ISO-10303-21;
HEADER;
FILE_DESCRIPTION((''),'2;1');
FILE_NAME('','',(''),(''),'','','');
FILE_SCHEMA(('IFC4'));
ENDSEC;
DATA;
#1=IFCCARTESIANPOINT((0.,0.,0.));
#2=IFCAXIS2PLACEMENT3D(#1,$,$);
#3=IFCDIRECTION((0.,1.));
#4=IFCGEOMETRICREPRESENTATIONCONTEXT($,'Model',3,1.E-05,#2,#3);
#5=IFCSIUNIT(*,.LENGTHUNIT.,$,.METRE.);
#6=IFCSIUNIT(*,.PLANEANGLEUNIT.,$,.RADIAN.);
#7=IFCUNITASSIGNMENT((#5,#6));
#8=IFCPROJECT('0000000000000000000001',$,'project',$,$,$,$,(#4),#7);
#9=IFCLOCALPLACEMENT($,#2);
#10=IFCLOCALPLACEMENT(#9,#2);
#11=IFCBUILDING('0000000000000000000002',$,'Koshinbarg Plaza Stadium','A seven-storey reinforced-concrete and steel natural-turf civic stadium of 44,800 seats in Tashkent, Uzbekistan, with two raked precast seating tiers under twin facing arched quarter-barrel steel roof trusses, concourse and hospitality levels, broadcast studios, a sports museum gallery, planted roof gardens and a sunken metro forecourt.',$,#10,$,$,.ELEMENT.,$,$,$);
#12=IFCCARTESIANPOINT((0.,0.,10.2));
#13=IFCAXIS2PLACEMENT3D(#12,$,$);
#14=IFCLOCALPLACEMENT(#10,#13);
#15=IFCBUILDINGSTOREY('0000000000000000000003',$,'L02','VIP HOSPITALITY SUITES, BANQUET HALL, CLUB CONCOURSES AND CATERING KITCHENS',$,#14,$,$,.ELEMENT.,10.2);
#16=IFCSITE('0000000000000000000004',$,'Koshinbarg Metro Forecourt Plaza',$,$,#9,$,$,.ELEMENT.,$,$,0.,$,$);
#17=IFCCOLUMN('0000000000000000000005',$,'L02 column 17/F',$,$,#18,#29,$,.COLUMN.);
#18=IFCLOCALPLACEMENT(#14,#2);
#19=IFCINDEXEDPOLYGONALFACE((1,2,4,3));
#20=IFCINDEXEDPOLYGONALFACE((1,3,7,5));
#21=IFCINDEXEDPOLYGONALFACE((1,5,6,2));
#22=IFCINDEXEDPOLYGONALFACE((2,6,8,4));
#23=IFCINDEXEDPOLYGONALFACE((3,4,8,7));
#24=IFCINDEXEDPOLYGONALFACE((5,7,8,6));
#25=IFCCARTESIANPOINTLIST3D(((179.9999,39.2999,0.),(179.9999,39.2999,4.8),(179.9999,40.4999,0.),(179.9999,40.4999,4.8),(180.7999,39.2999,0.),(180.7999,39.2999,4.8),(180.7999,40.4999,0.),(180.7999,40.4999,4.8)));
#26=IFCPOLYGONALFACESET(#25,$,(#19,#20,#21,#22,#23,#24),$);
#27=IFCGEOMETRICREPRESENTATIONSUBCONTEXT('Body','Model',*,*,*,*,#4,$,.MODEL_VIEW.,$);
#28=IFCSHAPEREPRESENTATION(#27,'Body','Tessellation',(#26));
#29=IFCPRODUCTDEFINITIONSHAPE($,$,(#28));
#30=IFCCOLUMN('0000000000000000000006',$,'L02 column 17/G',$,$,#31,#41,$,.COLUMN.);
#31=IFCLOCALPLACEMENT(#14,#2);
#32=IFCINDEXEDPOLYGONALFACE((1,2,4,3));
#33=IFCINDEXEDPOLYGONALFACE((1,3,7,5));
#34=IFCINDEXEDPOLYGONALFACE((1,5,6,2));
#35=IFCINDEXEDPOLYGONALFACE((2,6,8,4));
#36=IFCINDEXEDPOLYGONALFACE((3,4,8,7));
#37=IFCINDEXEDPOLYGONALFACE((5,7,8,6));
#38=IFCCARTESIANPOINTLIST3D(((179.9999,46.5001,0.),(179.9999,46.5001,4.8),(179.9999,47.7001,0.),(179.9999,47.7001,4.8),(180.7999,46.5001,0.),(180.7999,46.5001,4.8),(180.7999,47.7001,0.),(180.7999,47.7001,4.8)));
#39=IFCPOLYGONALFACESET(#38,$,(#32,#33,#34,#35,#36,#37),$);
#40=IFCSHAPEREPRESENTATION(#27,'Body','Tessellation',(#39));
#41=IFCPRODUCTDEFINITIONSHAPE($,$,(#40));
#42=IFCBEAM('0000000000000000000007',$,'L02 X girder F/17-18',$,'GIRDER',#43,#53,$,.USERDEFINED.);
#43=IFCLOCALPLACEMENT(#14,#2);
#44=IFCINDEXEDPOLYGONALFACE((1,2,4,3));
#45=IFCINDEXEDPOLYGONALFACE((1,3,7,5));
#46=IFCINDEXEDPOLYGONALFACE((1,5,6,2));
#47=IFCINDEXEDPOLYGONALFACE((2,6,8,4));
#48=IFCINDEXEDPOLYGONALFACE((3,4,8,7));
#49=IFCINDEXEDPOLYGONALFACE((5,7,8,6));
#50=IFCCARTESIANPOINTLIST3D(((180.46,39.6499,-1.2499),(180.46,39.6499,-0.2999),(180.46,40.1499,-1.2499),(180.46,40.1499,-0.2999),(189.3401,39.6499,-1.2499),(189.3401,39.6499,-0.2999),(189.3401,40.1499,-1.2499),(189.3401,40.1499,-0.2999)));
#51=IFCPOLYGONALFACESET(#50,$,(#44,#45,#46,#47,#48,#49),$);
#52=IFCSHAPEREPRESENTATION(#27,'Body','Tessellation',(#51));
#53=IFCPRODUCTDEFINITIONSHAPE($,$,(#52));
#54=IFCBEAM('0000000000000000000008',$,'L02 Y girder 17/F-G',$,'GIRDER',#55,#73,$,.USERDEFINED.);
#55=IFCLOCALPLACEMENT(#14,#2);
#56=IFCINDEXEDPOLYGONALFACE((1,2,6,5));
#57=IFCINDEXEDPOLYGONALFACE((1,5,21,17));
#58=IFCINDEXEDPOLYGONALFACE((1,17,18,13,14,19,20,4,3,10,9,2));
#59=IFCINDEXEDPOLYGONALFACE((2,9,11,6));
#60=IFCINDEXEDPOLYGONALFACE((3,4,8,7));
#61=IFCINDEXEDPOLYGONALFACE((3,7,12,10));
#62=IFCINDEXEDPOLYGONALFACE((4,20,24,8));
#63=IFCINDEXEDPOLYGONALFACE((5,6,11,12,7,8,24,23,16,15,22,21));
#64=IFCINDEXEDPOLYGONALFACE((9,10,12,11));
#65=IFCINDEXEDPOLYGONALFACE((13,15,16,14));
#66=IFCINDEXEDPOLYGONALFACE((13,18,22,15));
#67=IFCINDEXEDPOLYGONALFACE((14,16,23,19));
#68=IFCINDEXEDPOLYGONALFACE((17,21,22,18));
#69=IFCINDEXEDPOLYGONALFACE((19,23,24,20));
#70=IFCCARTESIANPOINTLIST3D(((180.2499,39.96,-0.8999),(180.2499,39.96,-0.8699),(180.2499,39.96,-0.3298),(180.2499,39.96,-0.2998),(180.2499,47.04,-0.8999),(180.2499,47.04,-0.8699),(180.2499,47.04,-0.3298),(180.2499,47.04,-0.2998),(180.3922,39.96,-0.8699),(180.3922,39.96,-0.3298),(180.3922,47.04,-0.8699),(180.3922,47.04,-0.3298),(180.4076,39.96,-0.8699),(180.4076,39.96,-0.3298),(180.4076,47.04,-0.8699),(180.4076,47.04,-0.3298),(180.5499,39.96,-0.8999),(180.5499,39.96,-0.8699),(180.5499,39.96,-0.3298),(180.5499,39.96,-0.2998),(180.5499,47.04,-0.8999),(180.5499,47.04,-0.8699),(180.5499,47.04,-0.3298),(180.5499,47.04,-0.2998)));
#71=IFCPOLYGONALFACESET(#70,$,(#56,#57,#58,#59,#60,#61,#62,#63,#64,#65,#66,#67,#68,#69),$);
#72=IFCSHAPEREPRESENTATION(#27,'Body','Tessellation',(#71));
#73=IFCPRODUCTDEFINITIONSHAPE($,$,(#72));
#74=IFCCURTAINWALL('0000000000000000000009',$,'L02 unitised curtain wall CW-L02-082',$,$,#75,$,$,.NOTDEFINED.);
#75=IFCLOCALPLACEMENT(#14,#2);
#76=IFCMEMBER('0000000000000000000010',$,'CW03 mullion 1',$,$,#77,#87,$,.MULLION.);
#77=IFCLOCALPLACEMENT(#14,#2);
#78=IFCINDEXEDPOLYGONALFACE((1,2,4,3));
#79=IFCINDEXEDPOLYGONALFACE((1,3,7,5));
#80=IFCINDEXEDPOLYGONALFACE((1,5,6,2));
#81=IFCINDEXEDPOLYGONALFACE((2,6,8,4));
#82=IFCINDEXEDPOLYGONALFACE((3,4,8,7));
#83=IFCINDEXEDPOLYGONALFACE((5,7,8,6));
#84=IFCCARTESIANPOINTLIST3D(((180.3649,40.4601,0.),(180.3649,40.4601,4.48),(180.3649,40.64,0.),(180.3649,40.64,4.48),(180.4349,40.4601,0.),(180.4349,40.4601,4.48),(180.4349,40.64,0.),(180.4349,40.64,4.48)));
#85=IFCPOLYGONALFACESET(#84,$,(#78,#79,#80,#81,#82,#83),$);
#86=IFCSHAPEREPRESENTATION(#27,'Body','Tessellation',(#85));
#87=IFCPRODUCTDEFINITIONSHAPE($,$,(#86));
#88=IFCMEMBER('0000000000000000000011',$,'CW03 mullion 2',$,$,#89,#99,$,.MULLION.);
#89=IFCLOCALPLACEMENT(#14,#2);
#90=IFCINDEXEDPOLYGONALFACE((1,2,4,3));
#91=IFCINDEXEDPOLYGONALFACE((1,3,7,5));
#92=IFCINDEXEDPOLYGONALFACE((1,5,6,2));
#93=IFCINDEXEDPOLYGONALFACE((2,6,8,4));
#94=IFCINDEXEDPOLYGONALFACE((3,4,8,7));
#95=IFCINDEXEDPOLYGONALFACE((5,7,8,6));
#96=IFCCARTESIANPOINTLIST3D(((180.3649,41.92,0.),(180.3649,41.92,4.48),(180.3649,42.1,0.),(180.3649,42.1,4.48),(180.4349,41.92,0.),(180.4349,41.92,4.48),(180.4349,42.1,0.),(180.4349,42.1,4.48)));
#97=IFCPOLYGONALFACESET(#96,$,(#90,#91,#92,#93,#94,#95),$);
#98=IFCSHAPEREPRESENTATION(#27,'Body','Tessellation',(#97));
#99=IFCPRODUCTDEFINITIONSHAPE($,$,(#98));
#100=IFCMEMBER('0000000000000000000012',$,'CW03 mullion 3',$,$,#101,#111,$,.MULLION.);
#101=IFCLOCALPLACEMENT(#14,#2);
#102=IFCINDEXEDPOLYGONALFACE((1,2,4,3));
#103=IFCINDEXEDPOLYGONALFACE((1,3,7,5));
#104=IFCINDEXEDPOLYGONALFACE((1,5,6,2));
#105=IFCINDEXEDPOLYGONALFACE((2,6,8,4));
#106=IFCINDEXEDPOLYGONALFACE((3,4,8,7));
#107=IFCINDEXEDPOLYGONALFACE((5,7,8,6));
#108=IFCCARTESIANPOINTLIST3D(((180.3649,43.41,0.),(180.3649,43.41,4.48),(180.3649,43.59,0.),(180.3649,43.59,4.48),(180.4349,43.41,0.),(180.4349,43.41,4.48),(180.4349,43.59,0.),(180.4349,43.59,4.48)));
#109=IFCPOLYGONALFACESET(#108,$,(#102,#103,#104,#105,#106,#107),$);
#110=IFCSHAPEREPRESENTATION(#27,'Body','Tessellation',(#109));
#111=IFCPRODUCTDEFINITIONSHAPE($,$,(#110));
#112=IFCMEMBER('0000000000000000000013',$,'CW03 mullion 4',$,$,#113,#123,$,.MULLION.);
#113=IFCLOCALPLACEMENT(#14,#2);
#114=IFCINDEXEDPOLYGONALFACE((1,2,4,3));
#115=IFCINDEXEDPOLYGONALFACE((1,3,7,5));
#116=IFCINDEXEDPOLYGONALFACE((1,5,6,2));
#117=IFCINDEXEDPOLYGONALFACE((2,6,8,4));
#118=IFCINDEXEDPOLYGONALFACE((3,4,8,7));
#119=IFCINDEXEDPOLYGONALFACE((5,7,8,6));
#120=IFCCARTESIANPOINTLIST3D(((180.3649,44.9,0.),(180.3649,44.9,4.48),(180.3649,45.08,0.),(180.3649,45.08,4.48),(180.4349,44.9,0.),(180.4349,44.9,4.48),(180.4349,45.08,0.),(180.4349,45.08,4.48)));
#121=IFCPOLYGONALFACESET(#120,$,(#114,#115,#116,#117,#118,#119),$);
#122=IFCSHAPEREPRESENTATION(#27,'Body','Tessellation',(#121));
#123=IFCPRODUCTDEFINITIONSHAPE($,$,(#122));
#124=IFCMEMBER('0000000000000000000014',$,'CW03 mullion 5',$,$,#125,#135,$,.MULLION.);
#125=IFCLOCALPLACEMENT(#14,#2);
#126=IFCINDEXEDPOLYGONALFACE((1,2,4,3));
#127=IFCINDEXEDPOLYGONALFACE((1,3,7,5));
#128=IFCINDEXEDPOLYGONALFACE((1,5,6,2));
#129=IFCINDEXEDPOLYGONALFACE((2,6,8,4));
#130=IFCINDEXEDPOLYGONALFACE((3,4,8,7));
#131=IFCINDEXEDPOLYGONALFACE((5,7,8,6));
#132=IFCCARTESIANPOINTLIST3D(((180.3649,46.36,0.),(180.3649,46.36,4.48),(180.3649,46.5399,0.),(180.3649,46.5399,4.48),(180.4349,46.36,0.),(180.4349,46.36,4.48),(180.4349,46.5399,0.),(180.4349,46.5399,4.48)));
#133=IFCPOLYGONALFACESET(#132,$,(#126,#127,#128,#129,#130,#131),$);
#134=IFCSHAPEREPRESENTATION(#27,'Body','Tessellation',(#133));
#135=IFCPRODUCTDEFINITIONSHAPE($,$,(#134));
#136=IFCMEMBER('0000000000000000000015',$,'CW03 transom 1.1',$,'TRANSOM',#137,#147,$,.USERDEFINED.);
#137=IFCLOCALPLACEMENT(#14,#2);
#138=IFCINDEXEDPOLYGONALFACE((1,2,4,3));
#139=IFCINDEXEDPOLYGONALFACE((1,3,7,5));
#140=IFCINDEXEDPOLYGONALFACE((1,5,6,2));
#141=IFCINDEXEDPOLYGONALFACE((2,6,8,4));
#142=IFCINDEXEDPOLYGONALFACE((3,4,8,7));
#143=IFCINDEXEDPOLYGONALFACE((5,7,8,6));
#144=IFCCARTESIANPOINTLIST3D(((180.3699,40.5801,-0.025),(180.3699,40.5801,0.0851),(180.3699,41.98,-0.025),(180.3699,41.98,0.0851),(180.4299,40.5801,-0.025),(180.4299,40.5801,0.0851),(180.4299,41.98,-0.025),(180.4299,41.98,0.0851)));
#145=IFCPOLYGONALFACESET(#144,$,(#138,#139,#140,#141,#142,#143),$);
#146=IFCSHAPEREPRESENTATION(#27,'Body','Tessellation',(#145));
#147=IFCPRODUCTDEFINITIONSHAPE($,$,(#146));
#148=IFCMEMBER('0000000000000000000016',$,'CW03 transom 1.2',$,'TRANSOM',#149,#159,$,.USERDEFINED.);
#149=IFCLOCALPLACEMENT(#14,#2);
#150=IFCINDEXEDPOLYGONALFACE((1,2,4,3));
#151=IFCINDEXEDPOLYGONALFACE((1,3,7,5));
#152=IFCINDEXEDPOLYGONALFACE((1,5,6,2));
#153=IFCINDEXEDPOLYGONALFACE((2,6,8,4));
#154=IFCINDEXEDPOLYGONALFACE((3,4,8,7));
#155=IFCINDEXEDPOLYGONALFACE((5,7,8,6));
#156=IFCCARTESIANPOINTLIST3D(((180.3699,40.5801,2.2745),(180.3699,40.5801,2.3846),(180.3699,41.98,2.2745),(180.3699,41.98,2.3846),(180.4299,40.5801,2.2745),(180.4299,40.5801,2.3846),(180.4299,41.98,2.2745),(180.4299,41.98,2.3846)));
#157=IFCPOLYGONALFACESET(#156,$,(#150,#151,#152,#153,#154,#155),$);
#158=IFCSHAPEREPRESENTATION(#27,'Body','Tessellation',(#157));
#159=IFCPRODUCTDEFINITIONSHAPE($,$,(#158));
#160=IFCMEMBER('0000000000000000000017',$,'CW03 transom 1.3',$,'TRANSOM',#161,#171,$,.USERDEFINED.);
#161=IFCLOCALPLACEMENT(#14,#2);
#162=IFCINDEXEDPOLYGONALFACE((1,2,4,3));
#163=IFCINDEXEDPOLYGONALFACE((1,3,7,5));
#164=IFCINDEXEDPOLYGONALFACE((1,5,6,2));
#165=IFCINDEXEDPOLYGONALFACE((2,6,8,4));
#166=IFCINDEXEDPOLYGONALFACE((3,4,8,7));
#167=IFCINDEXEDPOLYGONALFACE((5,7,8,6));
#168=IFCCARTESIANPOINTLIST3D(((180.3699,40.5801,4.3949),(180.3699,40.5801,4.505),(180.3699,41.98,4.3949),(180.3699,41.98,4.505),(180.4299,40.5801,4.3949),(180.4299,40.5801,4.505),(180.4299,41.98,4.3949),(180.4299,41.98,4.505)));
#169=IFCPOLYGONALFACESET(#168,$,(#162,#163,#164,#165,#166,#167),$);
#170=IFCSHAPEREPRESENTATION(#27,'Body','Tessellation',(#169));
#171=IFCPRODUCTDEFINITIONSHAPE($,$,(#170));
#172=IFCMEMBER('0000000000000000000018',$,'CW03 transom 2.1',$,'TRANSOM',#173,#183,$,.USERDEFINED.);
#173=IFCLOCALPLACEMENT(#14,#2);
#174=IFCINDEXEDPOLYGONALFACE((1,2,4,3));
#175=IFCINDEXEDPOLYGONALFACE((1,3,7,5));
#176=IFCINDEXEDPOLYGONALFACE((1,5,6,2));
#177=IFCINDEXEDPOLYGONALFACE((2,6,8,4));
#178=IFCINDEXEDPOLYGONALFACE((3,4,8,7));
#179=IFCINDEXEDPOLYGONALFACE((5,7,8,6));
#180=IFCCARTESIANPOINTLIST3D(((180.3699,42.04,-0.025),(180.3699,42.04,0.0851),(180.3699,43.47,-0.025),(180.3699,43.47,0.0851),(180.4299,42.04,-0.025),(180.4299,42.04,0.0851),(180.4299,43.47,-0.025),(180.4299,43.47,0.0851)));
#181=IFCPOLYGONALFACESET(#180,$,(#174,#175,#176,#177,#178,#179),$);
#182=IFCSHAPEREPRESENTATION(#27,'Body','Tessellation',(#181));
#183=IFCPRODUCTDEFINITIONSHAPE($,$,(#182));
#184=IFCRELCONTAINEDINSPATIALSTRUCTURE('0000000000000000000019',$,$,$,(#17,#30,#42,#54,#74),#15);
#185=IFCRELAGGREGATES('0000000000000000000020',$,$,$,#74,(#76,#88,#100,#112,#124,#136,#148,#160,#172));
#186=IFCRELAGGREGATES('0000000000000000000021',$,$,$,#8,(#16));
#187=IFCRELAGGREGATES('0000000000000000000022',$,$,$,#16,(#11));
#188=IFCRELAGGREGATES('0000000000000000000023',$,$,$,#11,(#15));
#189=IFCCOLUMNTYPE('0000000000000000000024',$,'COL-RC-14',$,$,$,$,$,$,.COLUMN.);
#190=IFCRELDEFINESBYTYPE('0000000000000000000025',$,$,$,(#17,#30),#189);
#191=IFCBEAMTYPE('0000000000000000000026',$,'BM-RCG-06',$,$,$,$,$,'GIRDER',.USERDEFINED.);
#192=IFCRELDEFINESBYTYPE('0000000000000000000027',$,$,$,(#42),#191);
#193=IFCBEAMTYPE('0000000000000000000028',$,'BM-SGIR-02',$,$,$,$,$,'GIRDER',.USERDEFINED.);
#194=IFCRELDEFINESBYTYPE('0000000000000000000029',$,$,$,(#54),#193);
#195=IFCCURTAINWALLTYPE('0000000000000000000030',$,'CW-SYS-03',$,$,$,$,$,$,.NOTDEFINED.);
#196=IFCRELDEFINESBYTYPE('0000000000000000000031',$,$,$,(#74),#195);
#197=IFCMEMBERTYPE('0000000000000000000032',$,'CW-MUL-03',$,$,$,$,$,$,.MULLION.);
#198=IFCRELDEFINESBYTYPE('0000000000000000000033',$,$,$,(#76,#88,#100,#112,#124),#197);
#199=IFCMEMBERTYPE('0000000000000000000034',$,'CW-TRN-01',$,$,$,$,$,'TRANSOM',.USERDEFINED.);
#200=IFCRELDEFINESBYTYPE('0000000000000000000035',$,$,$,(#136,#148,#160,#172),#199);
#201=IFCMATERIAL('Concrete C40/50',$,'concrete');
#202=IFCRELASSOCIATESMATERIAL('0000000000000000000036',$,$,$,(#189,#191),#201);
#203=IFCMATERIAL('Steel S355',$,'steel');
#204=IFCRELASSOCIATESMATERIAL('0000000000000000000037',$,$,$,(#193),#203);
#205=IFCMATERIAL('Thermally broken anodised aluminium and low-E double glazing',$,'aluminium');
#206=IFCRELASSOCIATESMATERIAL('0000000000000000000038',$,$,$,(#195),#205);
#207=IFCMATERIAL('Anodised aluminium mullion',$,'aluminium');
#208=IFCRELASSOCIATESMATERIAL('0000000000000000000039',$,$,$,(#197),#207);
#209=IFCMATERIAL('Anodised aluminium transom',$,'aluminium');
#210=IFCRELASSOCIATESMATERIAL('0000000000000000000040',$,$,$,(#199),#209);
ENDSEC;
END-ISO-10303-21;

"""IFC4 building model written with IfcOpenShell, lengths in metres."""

from ifc_helpers import new_model, si_unit, direction, frame, origin, origin_2d, place, context, subcontext, project, spatial, rectangle, i_section, extrude, material, material_profile, profile_set, type_object, element, aggregate, save


model = new_model("IFC4")

# Units and contexts
model_context = context("Model", 3, precision=1e-05, world=origin(), true_north=direction((0.0, 1.0)))
body_context = subcontext(model_context, "Body", "Model", "MODEL_VIEW")
ifc_project = project(units=[si_unit("LENGTHUNIT", "METRE"), si_unit("PLANEANGLEUNIT", "RADIAN")], contexts=[model_context])

# Site, building, storey
site_placement = place(None, origin())
site = spatial("IfcSite", under=ifc_project, at=site_placement, Name="Koshinbarg Metro Forecourt Plaza", CompositionType="ELEMENT", RefElevation=0.0)
building_placement = place(site_placement, origin())
building = spatial("IfcBuilding", under=site, at=building_placement, Name="Koshinbarg Plaza Stadium", Description="A seven-storey reinforced-concrete and steel natural-turf civic stadium of 44,800 seats in Tashkent, Uzbekistan, with two raked precast seating tiers under twin facing arched quarter-barrel steel roof trusses, concourse and hospitality levels, broadcast studios, a sports museum gallery, planted roof gardens and a sunken metro forecourt.", CompositionType="ELEMENT")
storey_placement = place(building_placement, frame((0.0, 0.0, 10.2)))
storey = spatial("IfcBuildingStorey", under=building, at=storey_placement, Name="L02", Description="VIP HOSPITALITY SUITES, BANQUET HALL, CLUB CONCOURSES AND CATERING KITCHENS", CompositionType="ELEMENT", Elevation=10.2)

# Columns
ifc_material_1 = material(Name="Concrete C40/50", Category="concrete")
ifc_material_profile_1 = material_profile(ifc_material_1, rectangle(XDim=0.8, YDim=1.2, at=origin_2d()), Name="RC 800x1200")
ifc_profile_set_1 = profile_set([ifc_material_profile_1], Name="Concrete C40/50")
column_type = type_object("IfcColumnType", Name="COL-RC-14", PredefinedType="COLUMN", material=ifc_profile_set_1)
for number, where, z_axis, x_axis, name in (
    (1, (180.3999, 39.8999, 0.0), (0.0, 0.0, 1.0), (1.0, 0.0, 0.0), "L02 column 17/F"),
    (2, (180.3999, 47.1001, 0.0), (0.0, 0.0, 1.0), (1.0, 0.0, 0.0), "L02 column 17/G"),
):
    element("IfcColumn", number, at=place(storey_placement, frame(where, z_axis=z_axis, x_axis=x_axis)), inside=storey, type_object=column_type, Name=name, PredefinedType="COLUMN", context=body_context, shape_type="SweptSolid", body=[
        extrude(rectangle(XDim=0.8, YDim=1.2, at=origin_2d()), origin(), (0.0, 0.0, 1.0), 4.8),
    ])

# Beams
ifc_material_profile_2 = material_profile(ifc_material_1, rectangle(XDim=0.5, YDim=0.95, at=origin_2d()), Name="RC 500x950")
ifc_profile_set_2 = profile_set([ifc_material_profile_2], Name="Concrete C40/50")
beam_type_1 = type_object("IfcBeamType", Name="BM-RCG-06", ElementType="GIRDER", PredefinedType="USERDEFINED", material=ifc_profile_set_2)
beam_1_placement = place(storey_placement, frame((180.46, 39.8999, -0.7749), z_axis=(1.0, 0.0, 0.0), x_axis=(0.0, 1.0, 0.0)))
element("IfcBeam", 3, at=beam_1_placement, inside=storey, type_object=beam_type_1, Name="L02 X girder F/17-18", ObjectType="GIRDER", PredefinedType="USERDEFINED", context=body_context, shape_type="SweptSolid", body=[
    extrude(rectangle(XDim=0.5, YDim=0.95, at=origin_2d()), origin(), (0.0, 0.0, 1.0), 8.8801),
])
ifc_material_2 = material(Name="Steel S355", Category="steel")
ifc_material_profile_3 = material_profile(ifc_material_2, i_section(OverallWidth=0.3, OverallDepth=0.6001, WebThickness=0.0154, FlangeThickness=0.03, at=origin_2d()), Name="HEB 600")
ifc_profile_set_3 = profile_set([ifc_material_profile_3], Name="Steel S355")
beam_type_2 = type_object("IfcBeamType", Name="BM-SGIR-02", ElementType="GIRDER", PredefinedType="USERDEFINED", material=ifc_profile_set_3)
beam_2_placement = place(storey_placement, frame((180.3999, 39.96, -0.5999), z_axis=(0.0, 1.0, 0.0), x_axis=(-1.0, 0.0, 0.0)))
element("IfcBeam", 4, at=beam_2_placement, inside=storey, type_object=beam_type_2, Name="L02 Y girder 17/F-G", ObjectType="GIRDER", PredefinedType="USERDEFINED", context=body_context, shape_type="SweptSolid", body=[
    extrude(i_section(OverallWidth=0.3, OverallDepth=0.6001, WebThickness=0.0154, FlangeThickness=0.03, at=origin_2d()), origin(), (0.0, 0.0, 1.0), 7.0801),
])

# Curtain wall, members
ifc_material_3 = material(Name="Thermally broken anodised aluminium and low-E double glazing", Category="aluminium")
curtain_wall_type = type_object("IfcCurtainWallType", Name="CW-SYS-03", PredefinedType="NOTDEFINED", material=ifc_material_3)
curtain_wall_placement = place(storey_placement, origin())
curtain_wall = element("IfcCurtainWall", 5, at=curtain_wall_placement, inside=storey, type_object=curtain_wall_type, Name="L02 unitised curtain wall CW-L02-082", PredefinedType="NOTDEFINED")
ifc_material_4 = material(Name="Anodised aluminium mullion", Category="aluminium")
ifc_material_profile_4 = material_profile(ifc_material_4, rectangle(XDim=0.0701, YDim=0.1799, at=origin_2d()), Name="ALU 70x180")
ifc_profile_set_4 = profile_set([ifc_material_profile_4], Name="Anodised aluminium mullion")
member_type_1 = type_object("IfcMemberType", Name="CW-MUL-03", PredefinedType="MULLION", material=ifc_profile_set_4)
member_1_placement = place(storey_placement, frame((180.3999, 40.55, 0.0), z_axis=(0.0, 0.0, 1.0), x_axis=(-1.0, 0.0, 0.0)))
member_1 = element("IfcMember", 6, at=member_1_placement, type_object=member_type_1, Name="CW03 mullion 1", PredefinedType="MULLION", context=body_context, shape_type="SweptSolid", body=[
    extrude(rectangle(XDim=0.0701, YDim=0.1799, at=origin_2d()), origin(), (0.0, 0.0, 1.0), 4.48),
])
member_2_placement = place(storey_placement, frame((180.3999, 42.01, 0.0), z_axis=(0.0, 0.0, 1.0), x_axis=(-1.0, 0.0, 0.0)))
member_2 = element("IfcMember", 7, at=member_2_placement, type_object=member_type_1, Name="CW03 mullion 2", PredefinedType="MULLION", context=body_context, shape_type="SweptSolid", body=[
    extrude(rectangle(XDim=0.0701, YDim=0.1799, at=origin_2d()), origin(), (0.0, 0.0, 1.0), 4.48),
])
member_3_placement = place(storey_placement, frame((180.3999, 43.5, 0.0), z_axis=(0.0, 0.0, 1.0), x_axis=(-1.0, 0.0, 0.0)))
member_3 = element("IfcMember", 8, at=member_3_placement, type_object=member_type_1, Name="CW03 mullion 3", PredefinedType="MULLION", context=body_context, shape_type="SweptSolid", body=[
    extrude(rectangle(XDim=0.0701, YDim=0.1799, at=origin_2d()), origin(), (0.0, 0.0, 1.0), 4.48),
])
member_4_placement = place(storey_placement, frame((180.3999, 44.99, 0.0), z_axis=(0.0, 0.0, 1.0), x_axis=(-1.0, 0.0, 0.0)))
member_4 = element("IfcMember", 9, at=member_4_placement, type_object=member_type_1, Name="CW03 mullion 4", PredefinedType="MULLION", context=body_context, shape_type="SweptSolid", body=[
    extrude(rectangle(XDim=0.0701, YDim=0.1799, at=origin_2d()), origin(), (0.0, 0.0, 1.0), 4.48),
])
member_5_placement = place(storey_placement, frame((180.3999, 46.45, 0.0), z_axis=(0.0, 0.0, 1.0), x_axis=(-1.0, 0.0, 0.0)))
member_5 = element("IfcMember", 10, at=member_5_placement, type_object=member_type_1, Name="CW03 mullion 5", PredefinedType="MULLION", context=body_context, shape_type="SweptSolid", body=[
    extrude(rectangle(XDim=0.0701, YDim=0.1799, at=origin_2d()), origin(), (0.0, 0.0, 1.0), 4.48),
])
ifc_material_5 = material(Name="Anodised aluminium transom", Category="aluminium")
ifc_material_profile_5 = material_profile(ifc_material_5, rectangle(XDim=0.0601, YDim=0.1101, at=origin_2d()), Name="ALU 60x110")
ifc_profile_set_5 = profile_set([ifc_material_profile_5], Name="Anodised aluminium transom")
member_type_2 = type_object("IfcMemberType", Name="CW-TRN-01", ElementType="TRANSOM", PredefinedType="USERDEFINED", material=ifc_profile_set_5)
member_6_placement = place(storey_placement, frame((180.3999, 40.5801, 0.03), z_axis=(0.0, 1.0, 0.0), x_axis=(-1.0, 0.0, 0.0)))
member_6 = element("IfcMember", 11, at=member_6_placement, type_object=member_type_2, Name="CW03 transom 1.1", ObjectType="TRANSOM", PredefinedType="USERDEFINED", context=body_context, shape_type="SweptSolid", body=[
    extrude(rectangle(XDim=0.0601, YDim=0.1101, at=origin_2d()), origin(), (0.0, 0.0, 1.0), 1.3999),
])
member_7_placement = place(storey_placement, frame((180.3999, 40.5801, 2.3296), z_axis=(0.0, 1.0, 0.0), x_axis=(-1.0, 0.0, 0.0)))
member_7 = element("IfcMember", 12, at=member_7_placement, type_object=member_type_2, Name="CW03 transom 1.2", ObjectType="TRANSOM", PredefinedType="USERDEFINED", context=body_context, shape_type="SweptSolid", body=[
    extrude(rectangle(XDim=0.0601, YDim=0.1101, at=origin_2d()), origin(), (0.0, 0.0, 1.0), 1.3999),
])
member_8_placement = place(storey_placement, frame((180.3999, 40.5801, 4.45), z_axis=(0.0, 1.0, 0.0), x_axis=(-1.0, 0.0, 0.0)))
member_8 = element("IfcMember", 13, at=member_8_placement, type_object=member_type_2, Name="CW03 transom 1.3", ObjectType="TRANSOM", PredefinedType="USERDEFINED", context=body_context, shape_type="SweptSolid", body=[
    extrude(rectangle(XDim=0.0601, YDim=0.1101, at=origin_2d()), origin(), (0.0, 0.0, 1.0), 1.3999),
])
member_9_placement = place(storey_placement, frame((180.3999, 42.04, 0.03), z_axis=(0.0, 1.0, 0.0), x_axis=(-1.0, 0.0, 0.0)))
member_9 = element("IfcMember", 14, at=member_9_placement, type_object=member_type_2, Name="CW03 transom 2.1", ObjectType="TRANSOM", PredefinedType="USERDEFINED", context=body_context, shape_type="SweptSolid", body=[
    extrude(rectangle(XDim=0.0601, YDim=0.1101, at=origin_2d()), origin(), (0.0, 0.0, 1.0), 1.4299),
])
aggregate(curtain_wall, [member_1, member_2, member_3, member_4, member_5, member_6, member_7, member_8, member_9])

save(model, "model.ifc")
